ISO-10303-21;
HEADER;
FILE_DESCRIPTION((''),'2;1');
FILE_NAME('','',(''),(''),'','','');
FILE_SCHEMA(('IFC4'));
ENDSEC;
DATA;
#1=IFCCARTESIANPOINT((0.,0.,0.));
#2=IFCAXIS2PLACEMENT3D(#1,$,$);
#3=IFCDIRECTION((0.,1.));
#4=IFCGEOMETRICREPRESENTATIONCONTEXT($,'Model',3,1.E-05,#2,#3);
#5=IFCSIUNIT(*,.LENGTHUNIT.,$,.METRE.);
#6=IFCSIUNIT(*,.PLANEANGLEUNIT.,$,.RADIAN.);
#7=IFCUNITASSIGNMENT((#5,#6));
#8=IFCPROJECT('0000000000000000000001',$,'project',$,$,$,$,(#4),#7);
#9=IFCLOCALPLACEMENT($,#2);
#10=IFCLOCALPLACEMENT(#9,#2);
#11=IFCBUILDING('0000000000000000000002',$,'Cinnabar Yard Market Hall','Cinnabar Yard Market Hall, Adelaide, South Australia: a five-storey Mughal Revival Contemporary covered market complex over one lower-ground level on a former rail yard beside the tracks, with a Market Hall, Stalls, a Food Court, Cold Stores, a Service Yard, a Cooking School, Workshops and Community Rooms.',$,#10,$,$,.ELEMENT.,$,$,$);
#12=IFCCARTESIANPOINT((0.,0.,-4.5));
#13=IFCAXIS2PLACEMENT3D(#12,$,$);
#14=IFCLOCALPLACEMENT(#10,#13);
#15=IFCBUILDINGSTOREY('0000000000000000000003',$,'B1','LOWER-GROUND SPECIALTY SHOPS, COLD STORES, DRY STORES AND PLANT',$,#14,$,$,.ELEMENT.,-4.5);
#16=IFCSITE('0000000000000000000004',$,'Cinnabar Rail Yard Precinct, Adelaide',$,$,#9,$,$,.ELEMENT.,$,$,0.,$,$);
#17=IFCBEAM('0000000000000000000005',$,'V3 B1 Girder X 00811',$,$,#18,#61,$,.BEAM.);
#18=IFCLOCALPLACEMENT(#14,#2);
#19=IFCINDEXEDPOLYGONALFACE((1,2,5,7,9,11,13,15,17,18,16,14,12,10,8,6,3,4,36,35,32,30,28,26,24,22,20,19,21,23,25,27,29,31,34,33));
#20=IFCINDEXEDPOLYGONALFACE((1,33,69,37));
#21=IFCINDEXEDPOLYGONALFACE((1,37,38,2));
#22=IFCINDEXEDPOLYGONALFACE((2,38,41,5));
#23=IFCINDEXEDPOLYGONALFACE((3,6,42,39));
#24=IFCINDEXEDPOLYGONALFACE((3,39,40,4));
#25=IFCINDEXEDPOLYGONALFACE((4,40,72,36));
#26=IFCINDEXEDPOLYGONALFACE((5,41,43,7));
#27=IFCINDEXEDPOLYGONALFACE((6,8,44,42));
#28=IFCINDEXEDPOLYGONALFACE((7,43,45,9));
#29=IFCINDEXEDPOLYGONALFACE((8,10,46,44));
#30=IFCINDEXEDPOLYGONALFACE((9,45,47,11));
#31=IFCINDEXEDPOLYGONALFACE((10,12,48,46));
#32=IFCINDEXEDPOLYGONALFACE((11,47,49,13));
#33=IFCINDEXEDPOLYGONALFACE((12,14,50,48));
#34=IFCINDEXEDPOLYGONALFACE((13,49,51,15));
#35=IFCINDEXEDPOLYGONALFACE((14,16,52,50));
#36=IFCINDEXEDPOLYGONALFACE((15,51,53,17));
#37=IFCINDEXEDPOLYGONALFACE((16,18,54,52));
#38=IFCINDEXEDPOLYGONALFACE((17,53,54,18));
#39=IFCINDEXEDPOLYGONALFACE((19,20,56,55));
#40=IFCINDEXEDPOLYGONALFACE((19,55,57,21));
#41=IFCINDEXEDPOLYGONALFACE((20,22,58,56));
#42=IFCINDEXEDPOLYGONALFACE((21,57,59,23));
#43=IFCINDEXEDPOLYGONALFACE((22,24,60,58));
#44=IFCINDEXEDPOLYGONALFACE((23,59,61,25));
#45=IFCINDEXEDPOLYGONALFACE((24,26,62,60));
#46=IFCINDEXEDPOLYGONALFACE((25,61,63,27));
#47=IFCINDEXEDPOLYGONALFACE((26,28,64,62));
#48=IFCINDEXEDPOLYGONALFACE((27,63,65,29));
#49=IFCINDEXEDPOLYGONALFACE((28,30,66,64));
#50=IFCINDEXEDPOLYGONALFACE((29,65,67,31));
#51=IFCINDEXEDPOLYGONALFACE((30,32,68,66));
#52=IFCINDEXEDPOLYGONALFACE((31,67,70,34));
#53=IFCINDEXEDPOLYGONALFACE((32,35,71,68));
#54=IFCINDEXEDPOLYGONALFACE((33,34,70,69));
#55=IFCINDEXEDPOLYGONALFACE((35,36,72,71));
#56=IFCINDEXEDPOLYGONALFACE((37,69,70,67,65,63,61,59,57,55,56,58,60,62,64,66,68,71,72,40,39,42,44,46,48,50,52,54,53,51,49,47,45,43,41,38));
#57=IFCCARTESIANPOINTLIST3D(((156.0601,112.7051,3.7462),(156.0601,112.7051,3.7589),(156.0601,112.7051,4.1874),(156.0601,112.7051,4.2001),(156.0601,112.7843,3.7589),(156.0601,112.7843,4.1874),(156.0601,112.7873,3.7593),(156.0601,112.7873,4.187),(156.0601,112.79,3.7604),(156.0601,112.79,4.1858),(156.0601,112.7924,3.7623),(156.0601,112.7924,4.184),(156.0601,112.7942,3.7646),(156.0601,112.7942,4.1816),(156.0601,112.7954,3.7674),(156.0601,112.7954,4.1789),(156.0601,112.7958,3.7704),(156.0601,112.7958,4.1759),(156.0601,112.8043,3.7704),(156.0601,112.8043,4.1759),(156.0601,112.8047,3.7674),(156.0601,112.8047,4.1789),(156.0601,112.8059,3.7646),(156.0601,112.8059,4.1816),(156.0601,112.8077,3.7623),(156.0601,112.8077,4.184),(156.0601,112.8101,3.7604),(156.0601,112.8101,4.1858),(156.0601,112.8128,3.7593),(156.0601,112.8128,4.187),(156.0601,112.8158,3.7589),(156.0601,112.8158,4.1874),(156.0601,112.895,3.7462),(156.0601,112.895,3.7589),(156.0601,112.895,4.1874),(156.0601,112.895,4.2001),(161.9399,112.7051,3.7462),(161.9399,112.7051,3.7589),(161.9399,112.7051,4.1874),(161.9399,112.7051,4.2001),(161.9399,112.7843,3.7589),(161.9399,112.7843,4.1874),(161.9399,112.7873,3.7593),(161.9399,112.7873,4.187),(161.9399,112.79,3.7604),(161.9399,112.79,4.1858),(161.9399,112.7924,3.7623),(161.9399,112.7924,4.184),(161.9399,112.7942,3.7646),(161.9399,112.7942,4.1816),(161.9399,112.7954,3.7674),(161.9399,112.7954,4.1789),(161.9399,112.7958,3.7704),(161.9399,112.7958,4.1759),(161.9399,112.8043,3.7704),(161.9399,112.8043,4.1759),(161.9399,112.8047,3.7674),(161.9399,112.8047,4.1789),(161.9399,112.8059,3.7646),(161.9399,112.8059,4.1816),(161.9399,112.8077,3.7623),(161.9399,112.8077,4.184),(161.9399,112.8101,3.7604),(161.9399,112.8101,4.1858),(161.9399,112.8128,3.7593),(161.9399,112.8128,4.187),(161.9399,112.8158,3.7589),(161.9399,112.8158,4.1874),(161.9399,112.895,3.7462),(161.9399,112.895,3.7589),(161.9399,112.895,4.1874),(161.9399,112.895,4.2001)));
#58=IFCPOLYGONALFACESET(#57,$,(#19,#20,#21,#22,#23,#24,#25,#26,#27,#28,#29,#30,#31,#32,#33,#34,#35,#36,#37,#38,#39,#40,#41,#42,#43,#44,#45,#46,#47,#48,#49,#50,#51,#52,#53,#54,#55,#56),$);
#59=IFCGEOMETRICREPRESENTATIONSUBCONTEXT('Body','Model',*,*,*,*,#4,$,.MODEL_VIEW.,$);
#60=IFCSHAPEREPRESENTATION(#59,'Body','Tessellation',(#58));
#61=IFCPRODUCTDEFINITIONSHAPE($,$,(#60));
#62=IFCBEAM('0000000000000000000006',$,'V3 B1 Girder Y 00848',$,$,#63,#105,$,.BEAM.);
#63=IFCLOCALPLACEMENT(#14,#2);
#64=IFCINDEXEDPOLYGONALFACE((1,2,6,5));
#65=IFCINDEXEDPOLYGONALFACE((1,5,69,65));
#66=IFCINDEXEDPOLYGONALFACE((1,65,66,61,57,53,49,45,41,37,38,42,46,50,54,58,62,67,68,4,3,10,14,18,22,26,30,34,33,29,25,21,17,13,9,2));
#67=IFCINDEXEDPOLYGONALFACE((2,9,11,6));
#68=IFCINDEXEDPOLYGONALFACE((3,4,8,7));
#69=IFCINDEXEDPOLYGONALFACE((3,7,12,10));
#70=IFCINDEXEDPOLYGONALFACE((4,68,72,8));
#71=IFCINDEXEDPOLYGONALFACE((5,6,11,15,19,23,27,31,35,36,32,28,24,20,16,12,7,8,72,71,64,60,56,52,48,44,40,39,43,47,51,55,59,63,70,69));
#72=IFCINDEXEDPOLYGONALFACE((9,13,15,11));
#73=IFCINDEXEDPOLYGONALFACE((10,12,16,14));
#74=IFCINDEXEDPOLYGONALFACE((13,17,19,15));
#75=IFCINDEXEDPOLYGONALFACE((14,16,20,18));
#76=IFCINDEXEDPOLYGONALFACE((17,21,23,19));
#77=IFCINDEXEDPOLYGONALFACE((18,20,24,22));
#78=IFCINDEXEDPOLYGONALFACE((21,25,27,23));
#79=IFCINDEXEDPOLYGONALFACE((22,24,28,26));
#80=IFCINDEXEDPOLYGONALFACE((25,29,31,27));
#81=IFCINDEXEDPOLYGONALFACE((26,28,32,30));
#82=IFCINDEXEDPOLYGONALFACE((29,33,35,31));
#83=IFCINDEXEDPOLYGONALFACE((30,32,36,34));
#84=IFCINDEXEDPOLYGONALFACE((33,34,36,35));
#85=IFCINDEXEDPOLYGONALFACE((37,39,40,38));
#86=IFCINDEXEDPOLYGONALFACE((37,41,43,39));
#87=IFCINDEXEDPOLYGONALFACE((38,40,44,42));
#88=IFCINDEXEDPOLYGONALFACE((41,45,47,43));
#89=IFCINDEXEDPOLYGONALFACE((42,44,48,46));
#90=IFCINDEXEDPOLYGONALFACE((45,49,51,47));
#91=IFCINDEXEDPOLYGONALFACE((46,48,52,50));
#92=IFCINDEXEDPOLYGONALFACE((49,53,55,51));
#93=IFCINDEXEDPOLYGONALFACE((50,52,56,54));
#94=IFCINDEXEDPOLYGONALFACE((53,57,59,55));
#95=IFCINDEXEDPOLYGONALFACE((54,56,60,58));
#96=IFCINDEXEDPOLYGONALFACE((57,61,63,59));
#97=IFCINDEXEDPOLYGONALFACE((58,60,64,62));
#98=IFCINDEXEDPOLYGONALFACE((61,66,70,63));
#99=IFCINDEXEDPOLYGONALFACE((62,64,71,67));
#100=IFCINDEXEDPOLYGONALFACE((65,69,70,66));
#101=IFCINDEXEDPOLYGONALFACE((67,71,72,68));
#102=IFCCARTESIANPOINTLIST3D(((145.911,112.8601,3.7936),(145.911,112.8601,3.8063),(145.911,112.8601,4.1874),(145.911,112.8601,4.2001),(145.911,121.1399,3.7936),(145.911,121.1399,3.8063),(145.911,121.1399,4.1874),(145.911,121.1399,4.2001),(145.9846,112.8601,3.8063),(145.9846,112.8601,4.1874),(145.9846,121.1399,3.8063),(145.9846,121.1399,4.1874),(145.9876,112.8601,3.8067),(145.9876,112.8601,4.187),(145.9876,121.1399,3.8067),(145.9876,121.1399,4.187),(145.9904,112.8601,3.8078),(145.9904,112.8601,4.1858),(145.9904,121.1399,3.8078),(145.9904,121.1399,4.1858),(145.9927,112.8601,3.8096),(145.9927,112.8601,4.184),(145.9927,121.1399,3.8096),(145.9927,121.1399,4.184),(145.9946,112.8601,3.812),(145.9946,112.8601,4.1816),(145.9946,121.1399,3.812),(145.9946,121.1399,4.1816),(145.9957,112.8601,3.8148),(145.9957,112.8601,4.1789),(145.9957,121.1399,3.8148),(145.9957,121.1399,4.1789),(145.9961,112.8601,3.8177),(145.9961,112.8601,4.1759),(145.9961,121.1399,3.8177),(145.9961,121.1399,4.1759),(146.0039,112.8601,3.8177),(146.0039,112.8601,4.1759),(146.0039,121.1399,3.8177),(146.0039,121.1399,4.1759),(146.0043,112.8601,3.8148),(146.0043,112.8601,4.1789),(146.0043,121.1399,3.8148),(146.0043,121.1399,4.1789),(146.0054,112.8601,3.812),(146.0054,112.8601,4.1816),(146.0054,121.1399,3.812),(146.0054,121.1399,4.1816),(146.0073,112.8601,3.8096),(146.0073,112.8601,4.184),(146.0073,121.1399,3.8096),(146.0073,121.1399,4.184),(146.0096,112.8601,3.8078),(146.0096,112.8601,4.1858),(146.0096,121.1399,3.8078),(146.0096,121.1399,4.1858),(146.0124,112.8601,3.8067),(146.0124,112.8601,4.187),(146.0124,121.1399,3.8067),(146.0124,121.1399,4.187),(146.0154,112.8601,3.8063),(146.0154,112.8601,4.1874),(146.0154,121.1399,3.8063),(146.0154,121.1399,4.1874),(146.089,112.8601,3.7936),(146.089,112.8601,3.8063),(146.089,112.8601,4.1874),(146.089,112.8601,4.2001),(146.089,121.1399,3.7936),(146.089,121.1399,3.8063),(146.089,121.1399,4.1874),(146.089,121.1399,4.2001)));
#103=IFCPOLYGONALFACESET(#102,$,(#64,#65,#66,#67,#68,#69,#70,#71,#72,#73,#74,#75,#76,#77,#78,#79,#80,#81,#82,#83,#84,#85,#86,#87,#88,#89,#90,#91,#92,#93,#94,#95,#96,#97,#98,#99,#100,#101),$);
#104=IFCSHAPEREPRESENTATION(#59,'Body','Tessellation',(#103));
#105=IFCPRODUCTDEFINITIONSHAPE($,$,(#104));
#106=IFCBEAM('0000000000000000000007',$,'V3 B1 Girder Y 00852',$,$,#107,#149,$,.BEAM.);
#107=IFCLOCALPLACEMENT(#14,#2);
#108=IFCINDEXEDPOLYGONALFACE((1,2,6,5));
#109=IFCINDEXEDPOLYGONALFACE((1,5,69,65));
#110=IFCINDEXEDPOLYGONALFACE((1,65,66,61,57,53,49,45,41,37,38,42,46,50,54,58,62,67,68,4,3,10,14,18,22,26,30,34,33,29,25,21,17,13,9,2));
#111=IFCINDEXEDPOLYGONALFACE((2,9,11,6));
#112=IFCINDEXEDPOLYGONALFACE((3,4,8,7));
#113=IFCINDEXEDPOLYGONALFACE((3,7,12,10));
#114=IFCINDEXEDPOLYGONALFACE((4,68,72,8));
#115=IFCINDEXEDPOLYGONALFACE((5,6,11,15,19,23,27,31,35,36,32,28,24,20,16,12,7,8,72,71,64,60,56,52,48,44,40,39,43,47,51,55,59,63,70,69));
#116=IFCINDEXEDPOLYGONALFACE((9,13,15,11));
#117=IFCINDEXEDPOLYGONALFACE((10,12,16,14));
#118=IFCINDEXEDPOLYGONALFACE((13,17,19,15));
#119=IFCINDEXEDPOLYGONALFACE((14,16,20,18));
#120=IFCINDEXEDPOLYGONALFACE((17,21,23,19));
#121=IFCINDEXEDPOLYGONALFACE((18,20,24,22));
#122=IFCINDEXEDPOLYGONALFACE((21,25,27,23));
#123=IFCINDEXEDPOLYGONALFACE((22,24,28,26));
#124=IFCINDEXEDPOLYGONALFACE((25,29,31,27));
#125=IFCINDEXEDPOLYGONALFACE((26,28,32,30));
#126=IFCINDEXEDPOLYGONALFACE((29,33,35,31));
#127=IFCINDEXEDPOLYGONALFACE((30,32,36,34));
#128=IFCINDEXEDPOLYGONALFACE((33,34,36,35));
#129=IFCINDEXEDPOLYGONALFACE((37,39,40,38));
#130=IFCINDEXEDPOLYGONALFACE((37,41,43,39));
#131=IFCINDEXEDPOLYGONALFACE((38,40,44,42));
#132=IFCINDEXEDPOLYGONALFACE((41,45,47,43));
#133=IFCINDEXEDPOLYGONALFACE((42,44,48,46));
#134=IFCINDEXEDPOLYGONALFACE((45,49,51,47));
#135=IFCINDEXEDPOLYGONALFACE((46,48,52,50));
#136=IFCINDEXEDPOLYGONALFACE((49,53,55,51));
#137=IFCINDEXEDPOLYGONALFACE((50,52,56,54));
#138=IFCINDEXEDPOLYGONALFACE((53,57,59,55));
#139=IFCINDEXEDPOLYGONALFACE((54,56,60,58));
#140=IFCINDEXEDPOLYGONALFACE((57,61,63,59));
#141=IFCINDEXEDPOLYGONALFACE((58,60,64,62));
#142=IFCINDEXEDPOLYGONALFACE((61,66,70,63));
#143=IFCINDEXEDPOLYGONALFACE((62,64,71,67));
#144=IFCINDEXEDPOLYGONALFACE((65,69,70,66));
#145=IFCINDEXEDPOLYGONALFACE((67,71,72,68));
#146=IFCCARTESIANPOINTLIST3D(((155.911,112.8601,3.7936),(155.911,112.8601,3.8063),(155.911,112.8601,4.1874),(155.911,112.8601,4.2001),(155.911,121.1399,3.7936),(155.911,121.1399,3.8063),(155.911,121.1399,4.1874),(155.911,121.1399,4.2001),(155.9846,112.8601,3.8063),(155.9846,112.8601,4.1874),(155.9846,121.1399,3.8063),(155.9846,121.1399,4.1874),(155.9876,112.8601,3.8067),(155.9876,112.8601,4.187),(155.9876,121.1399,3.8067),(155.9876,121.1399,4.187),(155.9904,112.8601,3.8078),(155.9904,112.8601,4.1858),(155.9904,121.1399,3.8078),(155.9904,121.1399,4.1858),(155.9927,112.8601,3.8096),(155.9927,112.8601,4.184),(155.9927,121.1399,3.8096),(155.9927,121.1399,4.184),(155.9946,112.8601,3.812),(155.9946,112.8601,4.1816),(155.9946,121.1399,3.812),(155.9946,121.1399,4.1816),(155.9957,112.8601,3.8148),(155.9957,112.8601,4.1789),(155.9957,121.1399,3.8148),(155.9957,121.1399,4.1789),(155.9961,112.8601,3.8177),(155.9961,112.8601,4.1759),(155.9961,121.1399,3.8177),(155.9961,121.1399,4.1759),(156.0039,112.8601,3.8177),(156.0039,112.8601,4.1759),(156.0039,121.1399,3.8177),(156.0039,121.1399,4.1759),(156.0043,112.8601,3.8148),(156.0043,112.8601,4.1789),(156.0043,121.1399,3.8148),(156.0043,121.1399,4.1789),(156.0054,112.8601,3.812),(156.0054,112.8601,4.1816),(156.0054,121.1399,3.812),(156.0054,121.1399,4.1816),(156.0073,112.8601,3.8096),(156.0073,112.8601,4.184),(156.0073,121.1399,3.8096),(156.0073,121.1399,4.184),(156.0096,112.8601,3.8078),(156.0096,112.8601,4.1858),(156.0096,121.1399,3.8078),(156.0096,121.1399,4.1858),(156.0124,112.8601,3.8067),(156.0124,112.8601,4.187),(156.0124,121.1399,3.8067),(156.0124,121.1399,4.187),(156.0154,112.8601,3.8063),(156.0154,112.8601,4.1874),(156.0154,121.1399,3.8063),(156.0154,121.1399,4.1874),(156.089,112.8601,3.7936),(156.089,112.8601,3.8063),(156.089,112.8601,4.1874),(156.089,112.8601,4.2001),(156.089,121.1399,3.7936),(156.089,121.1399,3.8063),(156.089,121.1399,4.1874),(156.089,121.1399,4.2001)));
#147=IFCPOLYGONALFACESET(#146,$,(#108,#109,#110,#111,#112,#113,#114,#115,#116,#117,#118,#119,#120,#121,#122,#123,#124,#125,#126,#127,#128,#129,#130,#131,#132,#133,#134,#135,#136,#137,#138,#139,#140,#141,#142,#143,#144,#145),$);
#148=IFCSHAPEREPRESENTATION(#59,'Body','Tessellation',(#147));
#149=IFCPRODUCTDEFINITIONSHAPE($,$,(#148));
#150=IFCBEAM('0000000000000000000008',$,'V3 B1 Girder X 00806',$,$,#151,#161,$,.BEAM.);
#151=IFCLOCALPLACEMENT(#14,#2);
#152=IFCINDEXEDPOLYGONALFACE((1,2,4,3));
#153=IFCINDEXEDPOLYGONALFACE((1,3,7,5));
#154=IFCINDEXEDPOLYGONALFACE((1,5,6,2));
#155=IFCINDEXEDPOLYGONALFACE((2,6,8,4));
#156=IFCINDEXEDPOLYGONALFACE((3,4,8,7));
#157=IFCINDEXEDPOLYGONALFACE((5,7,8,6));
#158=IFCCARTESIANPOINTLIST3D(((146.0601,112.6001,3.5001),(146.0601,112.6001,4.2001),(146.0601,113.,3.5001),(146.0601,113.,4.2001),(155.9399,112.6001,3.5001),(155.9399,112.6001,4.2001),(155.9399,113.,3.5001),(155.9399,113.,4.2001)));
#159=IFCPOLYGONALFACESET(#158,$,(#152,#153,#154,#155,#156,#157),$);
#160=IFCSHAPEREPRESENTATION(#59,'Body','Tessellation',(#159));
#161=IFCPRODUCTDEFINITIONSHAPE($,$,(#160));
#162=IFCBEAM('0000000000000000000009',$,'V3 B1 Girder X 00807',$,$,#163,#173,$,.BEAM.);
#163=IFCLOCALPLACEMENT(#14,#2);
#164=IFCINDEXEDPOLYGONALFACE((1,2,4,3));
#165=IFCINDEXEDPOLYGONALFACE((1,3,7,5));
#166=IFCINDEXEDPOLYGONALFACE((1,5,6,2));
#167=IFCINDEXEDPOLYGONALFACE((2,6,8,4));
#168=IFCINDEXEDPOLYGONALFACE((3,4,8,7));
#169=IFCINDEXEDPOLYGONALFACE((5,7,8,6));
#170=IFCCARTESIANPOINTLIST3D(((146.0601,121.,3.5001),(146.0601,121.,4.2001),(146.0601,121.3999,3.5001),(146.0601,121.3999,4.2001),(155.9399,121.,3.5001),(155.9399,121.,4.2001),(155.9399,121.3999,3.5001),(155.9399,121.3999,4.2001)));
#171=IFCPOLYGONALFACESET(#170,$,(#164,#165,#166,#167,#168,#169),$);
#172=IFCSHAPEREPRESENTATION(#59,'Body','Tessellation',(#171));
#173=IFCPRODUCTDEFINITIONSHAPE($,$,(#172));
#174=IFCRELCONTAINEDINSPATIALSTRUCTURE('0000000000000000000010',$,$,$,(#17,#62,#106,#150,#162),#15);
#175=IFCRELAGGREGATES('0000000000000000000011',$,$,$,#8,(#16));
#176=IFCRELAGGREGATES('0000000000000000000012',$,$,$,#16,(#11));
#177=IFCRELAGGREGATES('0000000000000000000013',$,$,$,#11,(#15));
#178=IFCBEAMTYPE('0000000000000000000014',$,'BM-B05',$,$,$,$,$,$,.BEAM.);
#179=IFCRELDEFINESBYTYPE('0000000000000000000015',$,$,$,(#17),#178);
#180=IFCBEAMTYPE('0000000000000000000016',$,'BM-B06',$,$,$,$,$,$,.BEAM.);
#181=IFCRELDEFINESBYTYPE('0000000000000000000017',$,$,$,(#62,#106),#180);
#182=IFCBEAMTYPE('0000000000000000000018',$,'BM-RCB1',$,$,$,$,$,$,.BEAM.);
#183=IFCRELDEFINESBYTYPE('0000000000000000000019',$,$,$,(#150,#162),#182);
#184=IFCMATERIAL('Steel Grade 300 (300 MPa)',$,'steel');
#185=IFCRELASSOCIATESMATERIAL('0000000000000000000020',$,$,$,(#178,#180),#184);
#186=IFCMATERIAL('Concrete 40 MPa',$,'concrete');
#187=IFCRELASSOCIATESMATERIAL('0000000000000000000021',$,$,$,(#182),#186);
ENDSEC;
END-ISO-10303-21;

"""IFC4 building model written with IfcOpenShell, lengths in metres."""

from ifc_helpers import new_model, si_unit, direction, frame, origin, origin_2d_with_axis, place, context, subcontext, project, spatial, rectangle, i_section, extrude, material, material_profile, profile_set, type_object, element, save


model = new_model("IFC4")

# Units and contexts
model_context = context("Model", 3, precision=1e-05, world=origin(), true_north=direction((0.0, 1.0)))
body_context = subcontext(model_context, "Body", "Model", "MODEL_VIEW")
ifc_project = project(units=[si_unit("LENGTHUNIT", "METRE"), si_unit("PLANEANGLEUNIT", "RADIAN")], contexts=[model_context])

# Site, building, storey
site_placement = place(None, origin())
site = spatial("IfcSite", under=ifc_project, at=site_placement, Name="Cinnabar Rail Yard Precinct, Adelaide", CompositionType="ELEMENT", RefElevation=0.0)
building_placement = place(site_placement, origin())
building = spatial("IfcBuilding", under=site, at=building_placement, Name="Cinnabar Yard Market Hall", Description="Cinnabar Yard Market Hall, Adelaide, South Australia: a five-storey Mughal Revival Contemporary covered market complex over one lower-ground level on a former rail yard beside the tracks, with a Market Hall, Stalls, a Food Court, Cold Stores, a Service Yard, a Cooking School, Workshops and Community Rooms.", CompositionType="ELEMENT")
storey_placement = place(building_placement, frame((0.0, 0.0, -4.5)))
storey = spatial("IfcBuildingStorey", under=building, at=storey_placement, Name="B1", Description="LOWER-GROUND SPECIALTY SHOPS, COLD STORES, DRY STORES AND PLANT", CompositionType="ELEMENT", Elevation=-4.5)

# Shared definitions
ifc_material_1 = material(Name="Concrete 40 MPa", Category="concrete")

# Shared definitions
ifc_material_2 = material(Name="Steel Grade 300 (300 MPa)", Category="steel")

# Beams
ifc_material_profile_1 = material_profile(ifc_material_2, i_section(OverallWidth=0.1899, OverallDepth=0.4539, WebThickness=0.0085, FlangeThickness=0.0127, FilletRadius=0.0115, at=origin_2d_with_axis()), Name="460UB67.1")
ifc_profile_set_1 = profile_set([ifc_material_profile_1], Name="Steel Grade 300 (300 MPa)")
beam_type_1 = type_object("IfcBeamType", Name="BM-B05", PredefinedType="BEAM", material=ifc_profile_set_1)
beam_1_placement = place(storey_placement, frame((156.0601, 112.8, 3.9731), z_axis=(1.0, 0.0, 0.0), x_axis=(0.0, 1.0, 0.0)))
element("IfcBeam", 1, at=beam_1_placement, inside=storey, type_object=beam_type_1, Name="V3 B1 Girder X 00811", PredefinedType="BEAM", context=body_context, shape_type="SweptSolid", body=[
    extrude(i_section(OverallWidth=0.1899, OverallDepth=0.4539, WebThickness=0.0085, FlangeThickness=0.0127, FilletRadius=0.0115, at=origin_2d_with_axis()), origin(), (0.0, 0.0, 1.0), 5.8799),
])
ifc_material_profile_2 = material_profile(ifc_material_2, i_section(OverallWidth=0.178, OverallDepth=0.4065, WebThickness=0.0078, FlangeThickness=0.0127, FilletRadius=0.0115, at=origin_2d_with_axis()), Name="410UB59.7")
ifc_profile_set_2 = profile_set([ifc_material_profile_2], Name="Steel Grade 300 (300 MPa)")
beam_type_2 = type_object("IfcBeamType", Name="BM-B06", PredefinedType="BEAM", material=ifc_profile_set_2)
for number, where, z_axis, x_axis, name in (
    (2, (146.0, 112.8601, 3.9968), (0.0, 1.0, 0.0), (-1.0, 0.0, 0.0), "V3 B1 Girder Y 00848"),
    (3, (156.0, 112.8601, 3.9968), (0.0, 1.0, 0.0), (-1.0, 0.0, 0.0), "V3 B1 Girder Y 00852"),
):
    element("IfcBeam", number, at=place(storey_placement, frame(where, z_axis=z_axis, x_axis=x_axis)), inside=storey, type_object=beam_type_2, Name=name, PredefinedType="BEAM", context=body_context, shape_type="SweptSolid", body=[
        extrude(i_section(OverallWidth=0.178, OverallDepth=0.4065, WebThickness=0.0078, FlangeThickness=0.0127, FilletRadius=0.0115, at=origin_2d_with_axis()), origin(), (0.0, 0.0, 1.0), 8.2798),
    ])
ifc_material_profile_3 = material_profile(ifc_material_1, rectangle(XDim=0.3999, YDim=0.7, at=origin_2d_with_axis()), Name="RCB-400x700")
ifc_profile_set_3 = profile_set([ifc_material_profile_3], Name="Concrete 40 MPa")
beam_type_3 = type_object("IfcBeamType", Name="BM-RCB1", PredefinedType="BEAM", material=ifc_profile_set_3)
for number, where, z_axis, x_axis, name in (
    (4, (146.0601, 112.8, 3.8501), (1.0, 0.0, 0.0), (0.0, 1.0, 0.0), "V3 B1 Girder X 00806"),
    (5, (146.0601, 121.2, 3.8501), (1.0, 0.0, 0.0), (0.0, 1.0, 0.0), "V3 B1 Girder X 00807"),
):
    element("IfcBeam", number, at=place(storey_placement, frame(where, z_axis=z_axis, x_axis=x_axis)), inside=storey, type_object=beam_type_3, Name=name, PredefinedType="BEAM", context=body_context, shape_type="SweptSolid", body=[
        extrude(rectangle(XDim=0.3999, YDim=0.7, at=origin_2d_with_axis()), origin(), (0.0, 0.0, 1.0), 9.8799),
    ])

save(model, "model.ifc")
